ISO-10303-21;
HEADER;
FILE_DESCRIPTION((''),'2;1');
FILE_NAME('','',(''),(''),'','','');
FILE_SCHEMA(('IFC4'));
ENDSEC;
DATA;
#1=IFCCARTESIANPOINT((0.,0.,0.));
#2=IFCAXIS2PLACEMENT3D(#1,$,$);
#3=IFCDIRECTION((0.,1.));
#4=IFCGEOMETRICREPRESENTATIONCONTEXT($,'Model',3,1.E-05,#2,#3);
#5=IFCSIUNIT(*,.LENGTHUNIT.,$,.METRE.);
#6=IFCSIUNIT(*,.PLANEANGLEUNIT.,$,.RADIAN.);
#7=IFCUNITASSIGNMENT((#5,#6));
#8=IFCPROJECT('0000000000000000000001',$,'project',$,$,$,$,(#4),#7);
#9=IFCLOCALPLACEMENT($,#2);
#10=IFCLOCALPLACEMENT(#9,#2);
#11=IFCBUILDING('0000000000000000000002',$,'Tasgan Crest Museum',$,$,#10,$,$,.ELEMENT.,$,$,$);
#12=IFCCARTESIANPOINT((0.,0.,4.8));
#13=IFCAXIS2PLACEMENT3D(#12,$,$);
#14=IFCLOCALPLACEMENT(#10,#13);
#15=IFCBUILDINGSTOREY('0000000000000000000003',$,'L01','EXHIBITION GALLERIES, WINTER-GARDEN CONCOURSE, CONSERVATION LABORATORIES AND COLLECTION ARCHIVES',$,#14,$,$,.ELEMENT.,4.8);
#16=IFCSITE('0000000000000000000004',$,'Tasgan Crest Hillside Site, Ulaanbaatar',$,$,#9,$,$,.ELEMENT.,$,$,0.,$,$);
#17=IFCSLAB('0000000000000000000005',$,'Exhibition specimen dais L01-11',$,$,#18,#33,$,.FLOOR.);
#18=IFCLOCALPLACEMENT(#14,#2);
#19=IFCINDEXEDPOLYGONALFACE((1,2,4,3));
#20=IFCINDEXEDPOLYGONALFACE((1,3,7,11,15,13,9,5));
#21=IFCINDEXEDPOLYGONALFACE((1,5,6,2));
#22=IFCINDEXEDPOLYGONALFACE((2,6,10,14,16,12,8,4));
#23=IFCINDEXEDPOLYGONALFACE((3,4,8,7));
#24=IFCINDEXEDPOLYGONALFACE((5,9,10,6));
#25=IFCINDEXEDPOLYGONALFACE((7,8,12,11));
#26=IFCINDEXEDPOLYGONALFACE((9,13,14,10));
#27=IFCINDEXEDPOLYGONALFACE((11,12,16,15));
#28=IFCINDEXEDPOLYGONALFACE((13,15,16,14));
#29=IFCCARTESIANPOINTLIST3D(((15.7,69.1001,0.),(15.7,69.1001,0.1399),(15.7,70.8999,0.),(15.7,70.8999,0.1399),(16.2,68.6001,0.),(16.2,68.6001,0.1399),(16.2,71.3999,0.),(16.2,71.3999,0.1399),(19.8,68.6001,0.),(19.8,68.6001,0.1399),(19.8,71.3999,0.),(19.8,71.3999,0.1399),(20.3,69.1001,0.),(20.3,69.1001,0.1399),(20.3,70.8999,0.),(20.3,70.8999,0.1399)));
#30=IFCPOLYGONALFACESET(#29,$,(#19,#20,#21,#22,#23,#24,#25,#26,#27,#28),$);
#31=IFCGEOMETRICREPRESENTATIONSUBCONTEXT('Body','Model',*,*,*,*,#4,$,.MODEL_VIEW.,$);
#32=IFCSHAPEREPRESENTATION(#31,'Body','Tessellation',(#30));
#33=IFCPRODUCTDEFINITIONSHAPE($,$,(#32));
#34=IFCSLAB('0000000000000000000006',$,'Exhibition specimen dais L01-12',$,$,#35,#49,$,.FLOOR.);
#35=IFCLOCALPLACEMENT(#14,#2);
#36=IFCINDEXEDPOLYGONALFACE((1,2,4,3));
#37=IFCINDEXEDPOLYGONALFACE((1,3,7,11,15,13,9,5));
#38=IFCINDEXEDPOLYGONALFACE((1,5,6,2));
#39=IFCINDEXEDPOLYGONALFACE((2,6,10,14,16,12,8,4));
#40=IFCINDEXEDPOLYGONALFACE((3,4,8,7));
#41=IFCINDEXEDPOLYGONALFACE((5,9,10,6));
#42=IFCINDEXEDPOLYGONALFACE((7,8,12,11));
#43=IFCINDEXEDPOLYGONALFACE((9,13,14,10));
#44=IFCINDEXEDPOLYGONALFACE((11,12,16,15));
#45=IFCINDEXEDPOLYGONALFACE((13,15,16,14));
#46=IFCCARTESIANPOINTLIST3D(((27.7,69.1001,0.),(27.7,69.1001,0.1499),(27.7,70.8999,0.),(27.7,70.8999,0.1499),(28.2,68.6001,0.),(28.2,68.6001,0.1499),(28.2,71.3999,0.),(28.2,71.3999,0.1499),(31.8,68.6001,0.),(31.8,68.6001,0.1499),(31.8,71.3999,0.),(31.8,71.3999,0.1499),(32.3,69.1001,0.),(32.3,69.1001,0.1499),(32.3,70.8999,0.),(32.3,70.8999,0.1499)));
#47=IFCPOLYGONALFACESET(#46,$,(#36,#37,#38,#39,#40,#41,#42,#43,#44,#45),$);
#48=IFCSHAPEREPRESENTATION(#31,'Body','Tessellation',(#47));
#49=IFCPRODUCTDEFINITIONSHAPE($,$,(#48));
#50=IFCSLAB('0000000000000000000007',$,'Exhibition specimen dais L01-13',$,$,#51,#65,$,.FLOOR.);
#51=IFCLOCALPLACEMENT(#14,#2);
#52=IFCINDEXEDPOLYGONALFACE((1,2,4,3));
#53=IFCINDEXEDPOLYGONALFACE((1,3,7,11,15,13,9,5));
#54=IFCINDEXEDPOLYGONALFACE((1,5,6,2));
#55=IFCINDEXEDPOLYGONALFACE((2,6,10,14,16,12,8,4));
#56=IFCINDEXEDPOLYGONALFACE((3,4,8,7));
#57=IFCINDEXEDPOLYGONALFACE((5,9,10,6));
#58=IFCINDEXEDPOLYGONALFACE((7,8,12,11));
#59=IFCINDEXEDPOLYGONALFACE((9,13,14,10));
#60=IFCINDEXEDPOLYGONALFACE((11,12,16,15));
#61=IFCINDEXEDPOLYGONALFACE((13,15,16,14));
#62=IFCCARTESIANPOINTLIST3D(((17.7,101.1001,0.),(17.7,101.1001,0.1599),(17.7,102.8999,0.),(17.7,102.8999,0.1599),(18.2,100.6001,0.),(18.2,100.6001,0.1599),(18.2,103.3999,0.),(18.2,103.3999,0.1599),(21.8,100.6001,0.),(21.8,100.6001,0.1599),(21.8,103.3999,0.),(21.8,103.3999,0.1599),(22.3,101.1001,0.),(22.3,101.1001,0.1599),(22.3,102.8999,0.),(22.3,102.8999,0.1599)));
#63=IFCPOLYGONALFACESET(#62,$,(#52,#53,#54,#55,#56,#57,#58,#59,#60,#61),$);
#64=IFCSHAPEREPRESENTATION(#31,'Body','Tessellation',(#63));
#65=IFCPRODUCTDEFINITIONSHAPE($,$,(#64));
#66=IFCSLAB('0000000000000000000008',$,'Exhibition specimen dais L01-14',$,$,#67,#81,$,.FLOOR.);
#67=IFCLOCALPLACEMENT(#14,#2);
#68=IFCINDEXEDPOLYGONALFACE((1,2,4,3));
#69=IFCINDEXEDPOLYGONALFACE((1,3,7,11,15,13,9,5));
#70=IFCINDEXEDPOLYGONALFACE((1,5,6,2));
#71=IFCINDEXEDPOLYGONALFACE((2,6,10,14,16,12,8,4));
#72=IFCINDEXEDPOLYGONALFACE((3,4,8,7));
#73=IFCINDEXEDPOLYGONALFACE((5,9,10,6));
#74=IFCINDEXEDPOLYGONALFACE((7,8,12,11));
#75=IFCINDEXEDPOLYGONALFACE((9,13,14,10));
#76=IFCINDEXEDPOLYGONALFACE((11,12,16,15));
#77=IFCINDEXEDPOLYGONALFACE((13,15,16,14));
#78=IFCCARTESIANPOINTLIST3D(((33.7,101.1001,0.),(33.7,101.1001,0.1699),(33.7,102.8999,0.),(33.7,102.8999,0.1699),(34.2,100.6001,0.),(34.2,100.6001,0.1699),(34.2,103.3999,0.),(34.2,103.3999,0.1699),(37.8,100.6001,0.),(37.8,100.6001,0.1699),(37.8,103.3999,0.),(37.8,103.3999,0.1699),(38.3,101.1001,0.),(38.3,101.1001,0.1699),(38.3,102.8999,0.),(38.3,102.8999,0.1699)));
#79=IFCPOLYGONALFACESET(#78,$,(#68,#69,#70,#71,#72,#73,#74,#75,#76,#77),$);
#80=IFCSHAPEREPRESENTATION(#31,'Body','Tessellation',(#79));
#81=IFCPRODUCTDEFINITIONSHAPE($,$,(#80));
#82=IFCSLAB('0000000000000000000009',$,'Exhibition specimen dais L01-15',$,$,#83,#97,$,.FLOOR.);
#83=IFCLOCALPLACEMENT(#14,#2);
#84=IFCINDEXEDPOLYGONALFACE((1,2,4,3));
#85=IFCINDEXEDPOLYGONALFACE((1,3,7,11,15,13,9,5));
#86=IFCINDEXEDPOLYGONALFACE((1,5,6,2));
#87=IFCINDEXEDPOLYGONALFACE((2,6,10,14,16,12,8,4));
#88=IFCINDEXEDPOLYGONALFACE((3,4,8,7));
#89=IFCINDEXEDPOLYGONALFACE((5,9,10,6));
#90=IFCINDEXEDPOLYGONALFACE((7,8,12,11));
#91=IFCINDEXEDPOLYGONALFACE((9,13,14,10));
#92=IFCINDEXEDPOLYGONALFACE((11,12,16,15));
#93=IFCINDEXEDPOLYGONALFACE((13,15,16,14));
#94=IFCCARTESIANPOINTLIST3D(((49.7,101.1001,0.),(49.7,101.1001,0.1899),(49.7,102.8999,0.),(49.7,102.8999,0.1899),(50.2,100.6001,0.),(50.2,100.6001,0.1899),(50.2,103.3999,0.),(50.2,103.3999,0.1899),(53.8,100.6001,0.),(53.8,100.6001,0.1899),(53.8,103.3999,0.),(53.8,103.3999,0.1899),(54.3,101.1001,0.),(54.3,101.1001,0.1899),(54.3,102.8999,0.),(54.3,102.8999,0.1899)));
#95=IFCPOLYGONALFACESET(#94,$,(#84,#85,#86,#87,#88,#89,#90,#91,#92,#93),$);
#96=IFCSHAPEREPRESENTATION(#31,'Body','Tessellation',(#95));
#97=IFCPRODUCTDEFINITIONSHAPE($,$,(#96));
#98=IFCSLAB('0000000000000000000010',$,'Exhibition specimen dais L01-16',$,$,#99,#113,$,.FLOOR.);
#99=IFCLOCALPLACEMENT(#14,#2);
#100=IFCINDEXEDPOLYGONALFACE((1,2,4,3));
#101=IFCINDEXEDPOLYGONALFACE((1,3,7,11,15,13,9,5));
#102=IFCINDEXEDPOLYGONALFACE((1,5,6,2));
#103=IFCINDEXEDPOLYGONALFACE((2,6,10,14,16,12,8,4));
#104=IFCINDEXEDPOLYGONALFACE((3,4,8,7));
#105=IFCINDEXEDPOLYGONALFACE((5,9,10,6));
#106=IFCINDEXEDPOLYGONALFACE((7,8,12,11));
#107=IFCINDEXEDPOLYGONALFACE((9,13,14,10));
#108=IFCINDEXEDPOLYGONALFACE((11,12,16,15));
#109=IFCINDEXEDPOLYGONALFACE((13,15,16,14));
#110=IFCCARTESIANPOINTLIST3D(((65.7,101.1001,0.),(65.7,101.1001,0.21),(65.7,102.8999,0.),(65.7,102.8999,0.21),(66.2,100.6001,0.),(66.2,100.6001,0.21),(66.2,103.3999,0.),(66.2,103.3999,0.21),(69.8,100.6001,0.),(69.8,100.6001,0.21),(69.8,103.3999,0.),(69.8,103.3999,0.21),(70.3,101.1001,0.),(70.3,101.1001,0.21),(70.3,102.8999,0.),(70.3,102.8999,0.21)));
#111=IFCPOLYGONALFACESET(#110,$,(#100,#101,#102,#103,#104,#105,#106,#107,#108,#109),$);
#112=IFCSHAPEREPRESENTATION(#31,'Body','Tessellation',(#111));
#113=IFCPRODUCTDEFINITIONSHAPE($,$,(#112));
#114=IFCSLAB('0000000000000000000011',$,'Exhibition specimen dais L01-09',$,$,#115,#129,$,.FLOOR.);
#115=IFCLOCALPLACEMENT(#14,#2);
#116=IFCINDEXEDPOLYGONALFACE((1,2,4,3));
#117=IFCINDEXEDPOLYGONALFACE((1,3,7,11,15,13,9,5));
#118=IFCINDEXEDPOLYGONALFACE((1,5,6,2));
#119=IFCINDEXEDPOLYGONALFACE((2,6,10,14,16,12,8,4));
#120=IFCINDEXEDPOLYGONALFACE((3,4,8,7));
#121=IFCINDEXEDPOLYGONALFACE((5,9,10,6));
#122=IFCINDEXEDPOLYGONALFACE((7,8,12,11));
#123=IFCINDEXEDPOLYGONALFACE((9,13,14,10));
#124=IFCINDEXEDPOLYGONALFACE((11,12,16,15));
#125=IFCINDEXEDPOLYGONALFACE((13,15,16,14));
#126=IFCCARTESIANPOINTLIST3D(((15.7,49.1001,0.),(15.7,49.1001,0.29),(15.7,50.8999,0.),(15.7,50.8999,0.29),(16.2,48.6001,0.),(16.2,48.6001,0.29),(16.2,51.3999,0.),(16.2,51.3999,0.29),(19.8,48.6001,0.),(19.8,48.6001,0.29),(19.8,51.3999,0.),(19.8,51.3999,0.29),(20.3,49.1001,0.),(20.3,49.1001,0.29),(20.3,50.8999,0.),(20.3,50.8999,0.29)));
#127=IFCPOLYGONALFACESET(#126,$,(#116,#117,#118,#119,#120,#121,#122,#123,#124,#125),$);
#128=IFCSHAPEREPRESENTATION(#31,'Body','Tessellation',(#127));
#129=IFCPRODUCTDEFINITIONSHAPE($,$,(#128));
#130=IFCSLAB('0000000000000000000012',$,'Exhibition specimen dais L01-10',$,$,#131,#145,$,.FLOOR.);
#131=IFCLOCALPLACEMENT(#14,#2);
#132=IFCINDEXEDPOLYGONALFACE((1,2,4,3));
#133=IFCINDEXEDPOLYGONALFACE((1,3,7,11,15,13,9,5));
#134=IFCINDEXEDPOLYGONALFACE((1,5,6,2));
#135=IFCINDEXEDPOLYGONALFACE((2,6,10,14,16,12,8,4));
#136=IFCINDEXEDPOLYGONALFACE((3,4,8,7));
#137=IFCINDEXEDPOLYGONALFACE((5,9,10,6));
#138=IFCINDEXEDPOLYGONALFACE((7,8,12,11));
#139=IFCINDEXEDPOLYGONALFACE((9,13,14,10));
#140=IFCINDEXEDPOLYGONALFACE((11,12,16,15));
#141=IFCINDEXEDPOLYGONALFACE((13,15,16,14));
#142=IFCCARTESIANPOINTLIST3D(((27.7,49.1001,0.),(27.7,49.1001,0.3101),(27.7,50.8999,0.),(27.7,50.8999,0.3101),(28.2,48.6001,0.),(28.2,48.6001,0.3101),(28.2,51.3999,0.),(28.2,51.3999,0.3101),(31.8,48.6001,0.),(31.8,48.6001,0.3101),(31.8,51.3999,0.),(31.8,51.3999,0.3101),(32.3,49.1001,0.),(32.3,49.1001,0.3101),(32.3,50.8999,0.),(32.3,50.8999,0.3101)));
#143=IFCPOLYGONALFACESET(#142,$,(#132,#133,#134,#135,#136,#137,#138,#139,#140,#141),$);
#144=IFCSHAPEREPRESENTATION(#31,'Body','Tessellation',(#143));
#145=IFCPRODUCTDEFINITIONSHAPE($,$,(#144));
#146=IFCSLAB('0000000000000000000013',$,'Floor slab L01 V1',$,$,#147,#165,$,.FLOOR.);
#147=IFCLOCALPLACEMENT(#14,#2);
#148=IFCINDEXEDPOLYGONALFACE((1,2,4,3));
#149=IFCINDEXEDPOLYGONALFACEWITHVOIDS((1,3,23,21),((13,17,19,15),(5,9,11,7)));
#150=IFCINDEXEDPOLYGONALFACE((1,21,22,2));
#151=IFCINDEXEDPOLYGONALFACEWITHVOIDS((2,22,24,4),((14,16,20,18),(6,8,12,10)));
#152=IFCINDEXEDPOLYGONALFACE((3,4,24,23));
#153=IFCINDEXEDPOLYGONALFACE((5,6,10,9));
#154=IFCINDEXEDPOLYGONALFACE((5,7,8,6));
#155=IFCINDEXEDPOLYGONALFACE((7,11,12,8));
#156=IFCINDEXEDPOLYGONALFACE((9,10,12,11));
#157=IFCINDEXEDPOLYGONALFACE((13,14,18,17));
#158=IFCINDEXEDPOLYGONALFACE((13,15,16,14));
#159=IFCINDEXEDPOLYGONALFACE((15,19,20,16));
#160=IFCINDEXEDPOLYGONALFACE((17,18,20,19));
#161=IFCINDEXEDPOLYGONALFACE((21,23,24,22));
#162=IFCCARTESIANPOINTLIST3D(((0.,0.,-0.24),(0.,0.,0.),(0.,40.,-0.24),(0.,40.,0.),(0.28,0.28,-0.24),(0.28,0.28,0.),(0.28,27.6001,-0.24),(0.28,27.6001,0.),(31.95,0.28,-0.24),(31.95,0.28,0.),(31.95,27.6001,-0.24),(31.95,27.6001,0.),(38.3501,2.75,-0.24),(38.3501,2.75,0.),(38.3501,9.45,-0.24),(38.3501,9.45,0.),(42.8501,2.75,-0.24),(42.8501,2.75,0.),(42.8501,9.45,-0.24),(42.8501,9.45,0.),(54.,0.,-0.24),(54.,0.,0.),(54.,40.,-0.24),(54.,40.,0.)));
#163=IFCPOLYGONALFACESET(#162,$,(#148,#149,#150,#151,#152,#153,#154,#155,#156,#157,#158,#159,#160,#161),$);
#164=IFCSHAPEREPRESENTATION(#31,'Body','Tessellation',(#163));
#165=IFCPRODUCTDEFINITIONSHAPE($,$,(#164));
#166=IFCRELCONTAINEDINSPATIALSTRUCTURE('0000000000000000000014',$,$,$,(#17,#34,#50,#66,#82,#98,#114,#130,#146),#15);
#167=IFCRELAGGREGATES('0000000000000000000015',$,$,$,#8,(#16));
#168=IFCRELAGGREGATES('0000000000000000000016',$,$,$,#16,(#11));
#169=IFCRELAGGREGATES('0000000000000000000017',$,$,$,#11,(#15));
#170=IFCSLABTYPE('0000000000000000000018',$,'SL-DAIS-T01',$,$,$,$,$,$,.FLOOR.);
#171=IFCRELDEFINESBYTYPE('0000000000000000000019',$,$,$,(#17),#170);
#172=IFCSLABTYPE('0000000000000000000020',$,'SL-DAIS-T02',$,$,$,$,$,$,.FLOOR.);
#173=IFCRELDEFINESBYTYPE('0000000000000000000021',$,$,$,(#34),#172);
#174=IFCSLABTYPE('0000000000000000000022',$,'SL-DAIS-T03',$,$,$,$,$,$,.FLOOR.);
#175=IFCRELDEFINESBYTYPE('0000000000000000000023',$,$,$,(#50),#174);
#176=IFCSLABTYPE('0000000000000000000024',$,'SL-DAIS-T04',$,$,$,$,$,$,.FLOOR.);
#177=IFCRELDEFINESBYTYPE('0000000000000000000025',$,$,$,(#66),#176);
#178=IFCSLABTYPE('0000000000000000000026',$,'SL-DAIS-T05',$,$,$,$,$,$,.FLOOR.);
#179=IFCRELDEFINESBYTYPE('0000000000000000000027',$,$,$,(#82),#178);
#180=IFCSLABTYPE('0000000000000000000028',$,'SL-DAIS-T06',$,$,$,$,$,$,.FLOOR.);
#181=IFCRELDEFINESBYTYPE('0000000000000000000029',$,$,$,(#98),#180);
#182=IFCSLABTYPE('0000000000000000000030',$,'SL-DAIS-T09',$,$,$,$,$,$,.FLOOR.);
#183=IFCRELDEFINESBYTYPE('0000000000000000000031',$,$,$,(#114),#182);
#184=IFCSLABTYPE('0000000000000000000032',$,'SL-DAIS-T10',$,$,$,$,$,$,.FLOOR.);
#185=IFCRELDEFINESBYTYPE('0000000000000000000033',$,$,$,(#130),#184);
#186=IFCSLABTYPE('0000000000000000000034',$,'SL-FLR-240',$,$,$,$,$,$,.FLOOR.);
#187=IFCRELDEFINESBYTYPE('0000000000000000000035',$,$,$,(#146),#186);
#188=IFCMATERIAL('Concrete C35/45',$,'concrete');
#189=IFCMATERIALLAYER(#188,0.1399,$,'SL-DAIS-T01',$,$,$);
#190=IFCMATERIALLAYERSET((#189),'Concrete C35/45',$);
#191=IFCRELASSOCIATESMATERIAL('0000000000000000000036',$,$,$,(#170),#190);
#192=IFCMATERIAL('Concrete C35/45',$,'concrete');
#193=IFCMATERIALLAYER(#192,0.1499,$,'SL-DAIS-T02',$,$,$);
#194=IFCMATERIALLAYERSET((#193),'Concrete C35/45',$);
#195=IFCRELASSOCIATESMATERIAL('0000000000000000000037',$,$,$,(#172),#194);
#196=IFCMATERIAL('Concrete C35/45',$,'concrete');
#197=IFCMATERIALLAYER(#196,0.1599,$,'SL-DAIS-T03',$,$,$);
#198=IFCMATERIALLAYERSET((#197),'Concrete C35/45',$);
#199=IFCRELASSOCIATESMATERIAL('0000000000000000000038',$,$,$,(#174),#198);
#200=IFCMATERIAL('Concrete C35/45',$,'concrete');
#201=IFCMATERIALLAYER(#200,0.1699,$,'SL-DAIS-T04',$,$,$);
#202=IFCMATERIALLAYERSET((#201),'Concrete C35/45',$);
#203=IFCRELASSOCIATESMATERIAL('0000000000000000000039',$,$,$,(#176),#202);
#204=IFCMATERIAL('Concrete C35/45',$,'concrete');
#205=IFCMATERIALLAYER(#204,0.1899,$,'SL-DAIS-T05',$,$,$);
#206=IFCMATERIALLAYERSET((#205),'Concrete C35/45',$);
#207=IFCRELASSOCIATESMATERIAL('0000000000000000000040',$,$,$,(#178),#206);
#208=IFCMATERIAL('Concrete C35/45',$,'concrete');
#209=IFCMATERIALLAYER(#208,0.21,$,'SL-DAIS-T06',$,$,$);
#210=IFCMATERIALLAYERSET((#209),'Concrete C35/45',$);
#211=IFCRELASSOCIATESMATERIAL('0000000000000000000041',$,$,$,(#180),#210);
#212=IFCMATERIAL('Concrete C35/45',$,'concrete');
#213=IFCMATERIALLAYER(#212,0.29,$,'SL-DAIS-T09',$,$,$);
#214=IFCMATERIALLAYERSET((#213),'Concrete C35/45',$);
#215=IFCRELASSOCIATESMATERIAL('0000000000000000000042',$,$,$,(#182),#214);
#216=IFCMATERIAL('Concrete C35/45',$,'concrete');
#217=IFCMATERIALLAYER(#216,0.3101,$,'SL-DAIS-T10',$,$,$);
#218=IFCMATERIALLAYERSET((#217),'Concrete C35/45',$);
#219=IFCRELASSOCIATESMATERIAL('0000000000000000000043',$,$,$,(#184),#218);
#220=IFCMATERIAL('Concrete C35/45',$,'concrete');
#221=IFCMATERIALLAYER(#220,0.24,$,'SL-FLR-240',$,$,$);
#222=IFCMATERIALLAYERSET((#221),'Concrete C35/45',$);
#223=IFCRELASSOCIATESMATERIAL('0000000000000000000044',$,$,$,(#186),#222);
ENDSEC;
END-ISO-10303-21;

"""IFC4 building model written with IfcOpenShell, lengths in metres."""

from ifc_helpers import new_model, si_unit, direction, frame, origin, place, context, subcontext, project, spatial, polyline, outline, extrude, material, layer, layer_set, type_object, element, save


model = new_model("IFC4")

# Units and contexts
model_context = context("Model", 3, precision=1e-05, world=origin(), true_north=direction((0.0, 1.0)))
body_context = subcontext(model_context, "Body", "Model", "MODEL_VIEW")
ifc_project = project(units=[si_unit("LENGTHUNIT", "METRE"), si_unit("PLANEANGLEUNIT", "RADIAN")], contexts=[model_context])

# Site, building, storey
site_placement = place(None, origin())
site = spatial("IfcSite", under=ifc_project, at=site_placement, Name="Tasgan Crest Hillside Site, Ulaanbaatar", CompositionType="ELEMENT", RefElevation=0.0)
building_placement = place(site_placement, origin())
building = spatial("IfcBuilding", under=site, at=building_placement, Name="Tasgan Crest Museum", CompositionType="ELEMENT")
storey_placement = place(building_placement, frame((0.0, 0.0, 4.8)))
storey = spatial("IfcBuildingStorey", under=building, at=storey_placement, Name="L01", Description="EXHIBITION GALLERIES, WINTER-GARDEN CONCOURSE, CONSERVATION LABORATORIES AND COLLECTION ARCHIVES", CompositionType="ELEMENT", Elevation=4.8)

# Slabs
ifc_material_1 = material(Name="Concrete C35/45", Category="concrete")
ifc_layer_1 = layer(ifc_material_1, 0.1399, Name="SL-DAIS-T01")
ifc_layer_set_1 = layer_set([ifc_layer_1], Name="Concrete C35/45")
slab_type_1 = type_object("IfcSlabType", Name="SL-DAIS-T01", PredefinedType="FLOOR", material=ifc_layer_set_1)
slab_1_placement = place(storey_placement, origin())
element("IfcSlab", 1, at=slab_1_placement, inside=storey, type_object=slab_type_1, Name="Exhibition specimen dais L01-11", PredefinedType="FLOOR", context=body_context, shape_type="SweptSolid", body=[
    extrude(outline(polyline([(16.2, 68.6001), (19.8, 68.6001), (20.3, 69.1001), (20.3, 70.8999), (19.8, 71.3999), (16.2, 71.3999), (15.7, 70.8999), (15.7, 69.1001), (16.2, 68.6001)])), origin(), (0.0, 0.0, 1.0), 0.1399),
])
ifc_material_2 = material(Name="Concrete C35/45", Category="concrete")
ifc_layer_2 = layer(ifc_material_2, 0.1499, Name="SL-DAIS-T02")
ifc_layer_set_2 = layer_set([ifc_layer_2], Name="Concrete C35/45")
slab_type_2 = type_object("IfcSlabType", Name="SL-DAIS-T02", PredefinedType="FLOOR", material=ifc_layer_set_2)
slab_2_placement = place(storey_placement, origin())
element("IfcSlab", 2, at=slab_2_placement, inside=storey, type_object=slab_type_2, Name="Exhibition specimen dais L01-12", PredefinedType="FLOOR", context=body_context, shape_type="SweptSolid", body=[
    extrude(outline(polyline([(28.2, 68.6001), (31.8, 68.6001), (32.3, 69.1001), (32.3, 70.8999), (31.8, 71.3999), (28.2, 71.3999), (27.7, 70.8999), (27.7, 69.1001), (28.2, 68.6001)])), origin(), (0.0, 0.0, 1.0), 0.1499),
])
ifc_material_3 = material(Name="Concrete C35/45", Category="concrete")
ifc_layer_3 = layer(ifc_material_3, 0.1599, Name="SL-DAIS-T03")
ifc_layer_set_3 = layer_set([ifc_layer_3], Name="Concrete C35/45")
slab_type_3 = type_object("IfcSlabType", Name="SL-DAIS-T03", PredefinedType="FLOOR", material=ifc_layer_set_3)
slab_3_placement = place(storey_placement, origin())
element("IfcSlab", 3, at=slab_3_placement, inside=storey, type_object=slab_type_3, Name="Exhibition specimen dais L01-13", PredefinedType="FLOOR", context=body_context, shape_type="SweptSolid", body=[
    extrude(outline(polyline([(18.2, 100.6001), (21.8, 100.6001), (22.3, 101.1001), (22.3, 102.8999), (21.8, 103.3999), (18.2, 103.3999), (17.7, 102.8999), (17.7, 101.1001), (18.2, 100.6001)])), origin(), (0.0, 0.0, 1.0), 0.1599),
])
ifc_material_4 = material(Name="Concrete C35/45", Category="concrete")
ifc_layer_4 = layer(ifc_material_4, 0.1699, Name="SL-DAIS-T04")
ifc_layer_set_4 = layer_set([ifc_layer_4], Name="Concrete C35/45")
slab_type_4 = type_object("IfcSlabType", Name="SL-DAIS-T04", PredefinedType="FLOOR", material=ifc_layer_set_4)
slab_4_placement = place(storey_placement, origin())
element("IfcSlab", 4, at=slab_4_placement, inside=storey, type_object=slab_type_4, Name="Exhibition specimen dais L01-14", PredefinedType="FLOOR", context=body_context, shape_type="SweptSolid", body=[
    extrude(outline(polyline([(34.2, 100.6001), (37.8, 100.6001), (38.3, 101.1001), (38.3, 102.8999), (37.8, 103.3999), (34.2, 103.3999), (33.7, 102.8999), (33.7, 101.1001), (34.2, 100.6001)])), origin(), (0.0, 0.0, 1.0), 0.1699),
])
ifc_material_5 = material(Name="Concrete C35/45", Category="concrete")
ifc_layer_5 = layer(ifc_material_5, 0.1899, Name="SL-DAIS-T05")
ifc_layer_set_5 = layer_set([ifc_layer_5], Name="Concrete C35/45")
slab_type_5 = type_object("IfcSlabType", Name="SL-DAIS-T05", PredefinedType="FLOOR", material=ifc_layer_set_5)
slab_5_placement = place(storey_placement, origin())
element("IfcSlab", 5, at=slab_5_placement, inside=storey, type_object=slab_type_5, Name="Exhibition specimen dais L01-15", PredefinedType="FLOOR", context=body_context, shape_type="SweptSolid", body=[
    extrude(outline(polyline([(50.2, 100.6001), (53.8, 100.6001), (54.3, 101.1001), (54.3, 102.8999), (53.8, 103.3999), (50.2, 103.3999), (49.7, 102.8999), (49.7, 101.1001), (50.2, 100.6001)])), origin(), (0.0, 0.0, 1.0), 0.1899),
])
ifc_material_6 = material(Name="Concrete C35/45", Category="concrete")
ifc_layer_6 = layer(ifc_material_6, 0.21, Name="SL-DAIS-T06")
ifc_layer_set_6 = layer_set([ifc_layer_6], Name="Concrete C35/45")
slab_type_6 = type_object("IfcSlabType", Name="SL-DAIS-T06", PredefinedType="FLOOR", material=ifc_layer_set_6)
slab_6_placement = place(storey_placement, origin())
element("IfcSlab", 6, at=slab_6_placement, inside=storey, type_object=slab_type_6, Name="Exhibition specimen dais L01-16", PredefinedType="FLOOR", context=body_context, shape_type="SweptSolid", body=[
    extrude(outline(polyline([(66.2, 100.6001), (69.8, 100.6001), (70.3, 101.1001), (70.3, 102.8999), (69.8, 103.3999), (66.2, 103.3999), (65.7, 102.8999), (65.7, 101.1001), (66.2, 100.6001)])), origin(), (0.0, 0.0, 1.0), 0.21),
])
ifc_material_7 = material(Name="Concrete C35/45", Category="concrete")
ifc_layer_7 = layer(ifc_material_7, 0.29, Name="SL-DAIS-T09")
ifc_layer_set_7 = layer_set([ifc_layer_7], Name="Concrete C35/45")
slab_type_7 = type_object("IfcSlabType", Name="SL-DAIS-T09", PredefinedType="FLOOR", material=ifc_layer_set_7)
slab_7_placement = place(storey_placement, origin())
element("IfcSlab", 7, at=slab_7_placement, inside=storey, type_object=slab_type_7, Name="Exhibition specimen dais L01-09", PredefinedType="FLOOR", context=body_context, shape_type="SweptSolid", body=[
    extrude(outline(polyline([(16.2, 48.6001), (19.8, 48.6001), (20.3, 49.1001), (20.3, 50.8999), (19.8, 51.3999), (16.2, 51.3999), (15.7, 50.8999), (15.7, 49.1001), (16.2, 48.6001)])), origin(), (0.0, 0.0, 1.0), 0.29),
])
ifc_material_8 = material(Name="Concrete C35/45", Category="concrete")
ifc_layer_8 = layer(ifc_material_8, 0.3101, Name="SL-DAIS-T10")
ifc_layer_set_8 = layer_set([ifc_layer_8], Name="Concrete C35/45")
slab_type_8 = type_object("IfcSlabType", Name="SL-DAIS-T10", PredefinedType="FLOOR", material=ifc_layer_set_8)
slab_8_placement = place(storey_placement, origin())
element("IfcSlab", 8, at=slab_8_placement, inside=storey, type_object=slab_type_8, Name="Exhibition specimen dais L01-10", PredefinedType="FLOOR", context=body_context, shape_type="SweptSolid", body=[
    extrude(outline(polyline([(28.2, 48.6001), (31.8, 48.6001), (32.3, 49.1001), (32.3, 50.8999), (31.8, 51.3999), (28.2, 51.3999), (27.7, 50.8999), (27.7, 49.1001), (28.2, 48.6001)])), origin(), (0.0, 0.0, 1.0), 0.3101),
])
ifc_material_9 = material(Name="Concrete C35/45", Category="concrete")
ifc_layer_9 = layer(ifc_material_9, 0.24, Name="SL-FLR-240")
ifc_layer_set_9 = layer_set([ifc_layer_9], Name="Concrete C35/45")
slab_type_9 = type_object("IfcSlabType", Name="SL-FLR-240", PredefinedType="FLOOR", material=ifc_layer_set_9)
slab_9_placement = place(storey_placement, frame((0.0, 0.0, -0.24)))
element("IfcSlab", 9, at=slab_9_placement, inside=storey, type_object=slab_type_9, Name="Floor slab L01 V1", PredefinedType="FLOOR", context=body_context, shape_type="SweptSolid", body=[
    extrude(outline(polyline([(0.0, 0.0), (54.0, 0.0), (54.0, 40.0), (0.0, 40.0), (0.0, 0.0)]), holes=[polyline([(0.28, 0.28), (31.95, 0.28), (31.95, 27.6001), (0.28, 27.6001), (0.28, 0.28)]), polyline([(38.3501, 2.75), (42.8501, 2.75), (42.8501, 9.45), (38.3501, 9.45), (38.3501, 2.75)])]), origin(), (0.0, 0.0, 1.0), 0.24),
])

save(model, "model.ifc")
